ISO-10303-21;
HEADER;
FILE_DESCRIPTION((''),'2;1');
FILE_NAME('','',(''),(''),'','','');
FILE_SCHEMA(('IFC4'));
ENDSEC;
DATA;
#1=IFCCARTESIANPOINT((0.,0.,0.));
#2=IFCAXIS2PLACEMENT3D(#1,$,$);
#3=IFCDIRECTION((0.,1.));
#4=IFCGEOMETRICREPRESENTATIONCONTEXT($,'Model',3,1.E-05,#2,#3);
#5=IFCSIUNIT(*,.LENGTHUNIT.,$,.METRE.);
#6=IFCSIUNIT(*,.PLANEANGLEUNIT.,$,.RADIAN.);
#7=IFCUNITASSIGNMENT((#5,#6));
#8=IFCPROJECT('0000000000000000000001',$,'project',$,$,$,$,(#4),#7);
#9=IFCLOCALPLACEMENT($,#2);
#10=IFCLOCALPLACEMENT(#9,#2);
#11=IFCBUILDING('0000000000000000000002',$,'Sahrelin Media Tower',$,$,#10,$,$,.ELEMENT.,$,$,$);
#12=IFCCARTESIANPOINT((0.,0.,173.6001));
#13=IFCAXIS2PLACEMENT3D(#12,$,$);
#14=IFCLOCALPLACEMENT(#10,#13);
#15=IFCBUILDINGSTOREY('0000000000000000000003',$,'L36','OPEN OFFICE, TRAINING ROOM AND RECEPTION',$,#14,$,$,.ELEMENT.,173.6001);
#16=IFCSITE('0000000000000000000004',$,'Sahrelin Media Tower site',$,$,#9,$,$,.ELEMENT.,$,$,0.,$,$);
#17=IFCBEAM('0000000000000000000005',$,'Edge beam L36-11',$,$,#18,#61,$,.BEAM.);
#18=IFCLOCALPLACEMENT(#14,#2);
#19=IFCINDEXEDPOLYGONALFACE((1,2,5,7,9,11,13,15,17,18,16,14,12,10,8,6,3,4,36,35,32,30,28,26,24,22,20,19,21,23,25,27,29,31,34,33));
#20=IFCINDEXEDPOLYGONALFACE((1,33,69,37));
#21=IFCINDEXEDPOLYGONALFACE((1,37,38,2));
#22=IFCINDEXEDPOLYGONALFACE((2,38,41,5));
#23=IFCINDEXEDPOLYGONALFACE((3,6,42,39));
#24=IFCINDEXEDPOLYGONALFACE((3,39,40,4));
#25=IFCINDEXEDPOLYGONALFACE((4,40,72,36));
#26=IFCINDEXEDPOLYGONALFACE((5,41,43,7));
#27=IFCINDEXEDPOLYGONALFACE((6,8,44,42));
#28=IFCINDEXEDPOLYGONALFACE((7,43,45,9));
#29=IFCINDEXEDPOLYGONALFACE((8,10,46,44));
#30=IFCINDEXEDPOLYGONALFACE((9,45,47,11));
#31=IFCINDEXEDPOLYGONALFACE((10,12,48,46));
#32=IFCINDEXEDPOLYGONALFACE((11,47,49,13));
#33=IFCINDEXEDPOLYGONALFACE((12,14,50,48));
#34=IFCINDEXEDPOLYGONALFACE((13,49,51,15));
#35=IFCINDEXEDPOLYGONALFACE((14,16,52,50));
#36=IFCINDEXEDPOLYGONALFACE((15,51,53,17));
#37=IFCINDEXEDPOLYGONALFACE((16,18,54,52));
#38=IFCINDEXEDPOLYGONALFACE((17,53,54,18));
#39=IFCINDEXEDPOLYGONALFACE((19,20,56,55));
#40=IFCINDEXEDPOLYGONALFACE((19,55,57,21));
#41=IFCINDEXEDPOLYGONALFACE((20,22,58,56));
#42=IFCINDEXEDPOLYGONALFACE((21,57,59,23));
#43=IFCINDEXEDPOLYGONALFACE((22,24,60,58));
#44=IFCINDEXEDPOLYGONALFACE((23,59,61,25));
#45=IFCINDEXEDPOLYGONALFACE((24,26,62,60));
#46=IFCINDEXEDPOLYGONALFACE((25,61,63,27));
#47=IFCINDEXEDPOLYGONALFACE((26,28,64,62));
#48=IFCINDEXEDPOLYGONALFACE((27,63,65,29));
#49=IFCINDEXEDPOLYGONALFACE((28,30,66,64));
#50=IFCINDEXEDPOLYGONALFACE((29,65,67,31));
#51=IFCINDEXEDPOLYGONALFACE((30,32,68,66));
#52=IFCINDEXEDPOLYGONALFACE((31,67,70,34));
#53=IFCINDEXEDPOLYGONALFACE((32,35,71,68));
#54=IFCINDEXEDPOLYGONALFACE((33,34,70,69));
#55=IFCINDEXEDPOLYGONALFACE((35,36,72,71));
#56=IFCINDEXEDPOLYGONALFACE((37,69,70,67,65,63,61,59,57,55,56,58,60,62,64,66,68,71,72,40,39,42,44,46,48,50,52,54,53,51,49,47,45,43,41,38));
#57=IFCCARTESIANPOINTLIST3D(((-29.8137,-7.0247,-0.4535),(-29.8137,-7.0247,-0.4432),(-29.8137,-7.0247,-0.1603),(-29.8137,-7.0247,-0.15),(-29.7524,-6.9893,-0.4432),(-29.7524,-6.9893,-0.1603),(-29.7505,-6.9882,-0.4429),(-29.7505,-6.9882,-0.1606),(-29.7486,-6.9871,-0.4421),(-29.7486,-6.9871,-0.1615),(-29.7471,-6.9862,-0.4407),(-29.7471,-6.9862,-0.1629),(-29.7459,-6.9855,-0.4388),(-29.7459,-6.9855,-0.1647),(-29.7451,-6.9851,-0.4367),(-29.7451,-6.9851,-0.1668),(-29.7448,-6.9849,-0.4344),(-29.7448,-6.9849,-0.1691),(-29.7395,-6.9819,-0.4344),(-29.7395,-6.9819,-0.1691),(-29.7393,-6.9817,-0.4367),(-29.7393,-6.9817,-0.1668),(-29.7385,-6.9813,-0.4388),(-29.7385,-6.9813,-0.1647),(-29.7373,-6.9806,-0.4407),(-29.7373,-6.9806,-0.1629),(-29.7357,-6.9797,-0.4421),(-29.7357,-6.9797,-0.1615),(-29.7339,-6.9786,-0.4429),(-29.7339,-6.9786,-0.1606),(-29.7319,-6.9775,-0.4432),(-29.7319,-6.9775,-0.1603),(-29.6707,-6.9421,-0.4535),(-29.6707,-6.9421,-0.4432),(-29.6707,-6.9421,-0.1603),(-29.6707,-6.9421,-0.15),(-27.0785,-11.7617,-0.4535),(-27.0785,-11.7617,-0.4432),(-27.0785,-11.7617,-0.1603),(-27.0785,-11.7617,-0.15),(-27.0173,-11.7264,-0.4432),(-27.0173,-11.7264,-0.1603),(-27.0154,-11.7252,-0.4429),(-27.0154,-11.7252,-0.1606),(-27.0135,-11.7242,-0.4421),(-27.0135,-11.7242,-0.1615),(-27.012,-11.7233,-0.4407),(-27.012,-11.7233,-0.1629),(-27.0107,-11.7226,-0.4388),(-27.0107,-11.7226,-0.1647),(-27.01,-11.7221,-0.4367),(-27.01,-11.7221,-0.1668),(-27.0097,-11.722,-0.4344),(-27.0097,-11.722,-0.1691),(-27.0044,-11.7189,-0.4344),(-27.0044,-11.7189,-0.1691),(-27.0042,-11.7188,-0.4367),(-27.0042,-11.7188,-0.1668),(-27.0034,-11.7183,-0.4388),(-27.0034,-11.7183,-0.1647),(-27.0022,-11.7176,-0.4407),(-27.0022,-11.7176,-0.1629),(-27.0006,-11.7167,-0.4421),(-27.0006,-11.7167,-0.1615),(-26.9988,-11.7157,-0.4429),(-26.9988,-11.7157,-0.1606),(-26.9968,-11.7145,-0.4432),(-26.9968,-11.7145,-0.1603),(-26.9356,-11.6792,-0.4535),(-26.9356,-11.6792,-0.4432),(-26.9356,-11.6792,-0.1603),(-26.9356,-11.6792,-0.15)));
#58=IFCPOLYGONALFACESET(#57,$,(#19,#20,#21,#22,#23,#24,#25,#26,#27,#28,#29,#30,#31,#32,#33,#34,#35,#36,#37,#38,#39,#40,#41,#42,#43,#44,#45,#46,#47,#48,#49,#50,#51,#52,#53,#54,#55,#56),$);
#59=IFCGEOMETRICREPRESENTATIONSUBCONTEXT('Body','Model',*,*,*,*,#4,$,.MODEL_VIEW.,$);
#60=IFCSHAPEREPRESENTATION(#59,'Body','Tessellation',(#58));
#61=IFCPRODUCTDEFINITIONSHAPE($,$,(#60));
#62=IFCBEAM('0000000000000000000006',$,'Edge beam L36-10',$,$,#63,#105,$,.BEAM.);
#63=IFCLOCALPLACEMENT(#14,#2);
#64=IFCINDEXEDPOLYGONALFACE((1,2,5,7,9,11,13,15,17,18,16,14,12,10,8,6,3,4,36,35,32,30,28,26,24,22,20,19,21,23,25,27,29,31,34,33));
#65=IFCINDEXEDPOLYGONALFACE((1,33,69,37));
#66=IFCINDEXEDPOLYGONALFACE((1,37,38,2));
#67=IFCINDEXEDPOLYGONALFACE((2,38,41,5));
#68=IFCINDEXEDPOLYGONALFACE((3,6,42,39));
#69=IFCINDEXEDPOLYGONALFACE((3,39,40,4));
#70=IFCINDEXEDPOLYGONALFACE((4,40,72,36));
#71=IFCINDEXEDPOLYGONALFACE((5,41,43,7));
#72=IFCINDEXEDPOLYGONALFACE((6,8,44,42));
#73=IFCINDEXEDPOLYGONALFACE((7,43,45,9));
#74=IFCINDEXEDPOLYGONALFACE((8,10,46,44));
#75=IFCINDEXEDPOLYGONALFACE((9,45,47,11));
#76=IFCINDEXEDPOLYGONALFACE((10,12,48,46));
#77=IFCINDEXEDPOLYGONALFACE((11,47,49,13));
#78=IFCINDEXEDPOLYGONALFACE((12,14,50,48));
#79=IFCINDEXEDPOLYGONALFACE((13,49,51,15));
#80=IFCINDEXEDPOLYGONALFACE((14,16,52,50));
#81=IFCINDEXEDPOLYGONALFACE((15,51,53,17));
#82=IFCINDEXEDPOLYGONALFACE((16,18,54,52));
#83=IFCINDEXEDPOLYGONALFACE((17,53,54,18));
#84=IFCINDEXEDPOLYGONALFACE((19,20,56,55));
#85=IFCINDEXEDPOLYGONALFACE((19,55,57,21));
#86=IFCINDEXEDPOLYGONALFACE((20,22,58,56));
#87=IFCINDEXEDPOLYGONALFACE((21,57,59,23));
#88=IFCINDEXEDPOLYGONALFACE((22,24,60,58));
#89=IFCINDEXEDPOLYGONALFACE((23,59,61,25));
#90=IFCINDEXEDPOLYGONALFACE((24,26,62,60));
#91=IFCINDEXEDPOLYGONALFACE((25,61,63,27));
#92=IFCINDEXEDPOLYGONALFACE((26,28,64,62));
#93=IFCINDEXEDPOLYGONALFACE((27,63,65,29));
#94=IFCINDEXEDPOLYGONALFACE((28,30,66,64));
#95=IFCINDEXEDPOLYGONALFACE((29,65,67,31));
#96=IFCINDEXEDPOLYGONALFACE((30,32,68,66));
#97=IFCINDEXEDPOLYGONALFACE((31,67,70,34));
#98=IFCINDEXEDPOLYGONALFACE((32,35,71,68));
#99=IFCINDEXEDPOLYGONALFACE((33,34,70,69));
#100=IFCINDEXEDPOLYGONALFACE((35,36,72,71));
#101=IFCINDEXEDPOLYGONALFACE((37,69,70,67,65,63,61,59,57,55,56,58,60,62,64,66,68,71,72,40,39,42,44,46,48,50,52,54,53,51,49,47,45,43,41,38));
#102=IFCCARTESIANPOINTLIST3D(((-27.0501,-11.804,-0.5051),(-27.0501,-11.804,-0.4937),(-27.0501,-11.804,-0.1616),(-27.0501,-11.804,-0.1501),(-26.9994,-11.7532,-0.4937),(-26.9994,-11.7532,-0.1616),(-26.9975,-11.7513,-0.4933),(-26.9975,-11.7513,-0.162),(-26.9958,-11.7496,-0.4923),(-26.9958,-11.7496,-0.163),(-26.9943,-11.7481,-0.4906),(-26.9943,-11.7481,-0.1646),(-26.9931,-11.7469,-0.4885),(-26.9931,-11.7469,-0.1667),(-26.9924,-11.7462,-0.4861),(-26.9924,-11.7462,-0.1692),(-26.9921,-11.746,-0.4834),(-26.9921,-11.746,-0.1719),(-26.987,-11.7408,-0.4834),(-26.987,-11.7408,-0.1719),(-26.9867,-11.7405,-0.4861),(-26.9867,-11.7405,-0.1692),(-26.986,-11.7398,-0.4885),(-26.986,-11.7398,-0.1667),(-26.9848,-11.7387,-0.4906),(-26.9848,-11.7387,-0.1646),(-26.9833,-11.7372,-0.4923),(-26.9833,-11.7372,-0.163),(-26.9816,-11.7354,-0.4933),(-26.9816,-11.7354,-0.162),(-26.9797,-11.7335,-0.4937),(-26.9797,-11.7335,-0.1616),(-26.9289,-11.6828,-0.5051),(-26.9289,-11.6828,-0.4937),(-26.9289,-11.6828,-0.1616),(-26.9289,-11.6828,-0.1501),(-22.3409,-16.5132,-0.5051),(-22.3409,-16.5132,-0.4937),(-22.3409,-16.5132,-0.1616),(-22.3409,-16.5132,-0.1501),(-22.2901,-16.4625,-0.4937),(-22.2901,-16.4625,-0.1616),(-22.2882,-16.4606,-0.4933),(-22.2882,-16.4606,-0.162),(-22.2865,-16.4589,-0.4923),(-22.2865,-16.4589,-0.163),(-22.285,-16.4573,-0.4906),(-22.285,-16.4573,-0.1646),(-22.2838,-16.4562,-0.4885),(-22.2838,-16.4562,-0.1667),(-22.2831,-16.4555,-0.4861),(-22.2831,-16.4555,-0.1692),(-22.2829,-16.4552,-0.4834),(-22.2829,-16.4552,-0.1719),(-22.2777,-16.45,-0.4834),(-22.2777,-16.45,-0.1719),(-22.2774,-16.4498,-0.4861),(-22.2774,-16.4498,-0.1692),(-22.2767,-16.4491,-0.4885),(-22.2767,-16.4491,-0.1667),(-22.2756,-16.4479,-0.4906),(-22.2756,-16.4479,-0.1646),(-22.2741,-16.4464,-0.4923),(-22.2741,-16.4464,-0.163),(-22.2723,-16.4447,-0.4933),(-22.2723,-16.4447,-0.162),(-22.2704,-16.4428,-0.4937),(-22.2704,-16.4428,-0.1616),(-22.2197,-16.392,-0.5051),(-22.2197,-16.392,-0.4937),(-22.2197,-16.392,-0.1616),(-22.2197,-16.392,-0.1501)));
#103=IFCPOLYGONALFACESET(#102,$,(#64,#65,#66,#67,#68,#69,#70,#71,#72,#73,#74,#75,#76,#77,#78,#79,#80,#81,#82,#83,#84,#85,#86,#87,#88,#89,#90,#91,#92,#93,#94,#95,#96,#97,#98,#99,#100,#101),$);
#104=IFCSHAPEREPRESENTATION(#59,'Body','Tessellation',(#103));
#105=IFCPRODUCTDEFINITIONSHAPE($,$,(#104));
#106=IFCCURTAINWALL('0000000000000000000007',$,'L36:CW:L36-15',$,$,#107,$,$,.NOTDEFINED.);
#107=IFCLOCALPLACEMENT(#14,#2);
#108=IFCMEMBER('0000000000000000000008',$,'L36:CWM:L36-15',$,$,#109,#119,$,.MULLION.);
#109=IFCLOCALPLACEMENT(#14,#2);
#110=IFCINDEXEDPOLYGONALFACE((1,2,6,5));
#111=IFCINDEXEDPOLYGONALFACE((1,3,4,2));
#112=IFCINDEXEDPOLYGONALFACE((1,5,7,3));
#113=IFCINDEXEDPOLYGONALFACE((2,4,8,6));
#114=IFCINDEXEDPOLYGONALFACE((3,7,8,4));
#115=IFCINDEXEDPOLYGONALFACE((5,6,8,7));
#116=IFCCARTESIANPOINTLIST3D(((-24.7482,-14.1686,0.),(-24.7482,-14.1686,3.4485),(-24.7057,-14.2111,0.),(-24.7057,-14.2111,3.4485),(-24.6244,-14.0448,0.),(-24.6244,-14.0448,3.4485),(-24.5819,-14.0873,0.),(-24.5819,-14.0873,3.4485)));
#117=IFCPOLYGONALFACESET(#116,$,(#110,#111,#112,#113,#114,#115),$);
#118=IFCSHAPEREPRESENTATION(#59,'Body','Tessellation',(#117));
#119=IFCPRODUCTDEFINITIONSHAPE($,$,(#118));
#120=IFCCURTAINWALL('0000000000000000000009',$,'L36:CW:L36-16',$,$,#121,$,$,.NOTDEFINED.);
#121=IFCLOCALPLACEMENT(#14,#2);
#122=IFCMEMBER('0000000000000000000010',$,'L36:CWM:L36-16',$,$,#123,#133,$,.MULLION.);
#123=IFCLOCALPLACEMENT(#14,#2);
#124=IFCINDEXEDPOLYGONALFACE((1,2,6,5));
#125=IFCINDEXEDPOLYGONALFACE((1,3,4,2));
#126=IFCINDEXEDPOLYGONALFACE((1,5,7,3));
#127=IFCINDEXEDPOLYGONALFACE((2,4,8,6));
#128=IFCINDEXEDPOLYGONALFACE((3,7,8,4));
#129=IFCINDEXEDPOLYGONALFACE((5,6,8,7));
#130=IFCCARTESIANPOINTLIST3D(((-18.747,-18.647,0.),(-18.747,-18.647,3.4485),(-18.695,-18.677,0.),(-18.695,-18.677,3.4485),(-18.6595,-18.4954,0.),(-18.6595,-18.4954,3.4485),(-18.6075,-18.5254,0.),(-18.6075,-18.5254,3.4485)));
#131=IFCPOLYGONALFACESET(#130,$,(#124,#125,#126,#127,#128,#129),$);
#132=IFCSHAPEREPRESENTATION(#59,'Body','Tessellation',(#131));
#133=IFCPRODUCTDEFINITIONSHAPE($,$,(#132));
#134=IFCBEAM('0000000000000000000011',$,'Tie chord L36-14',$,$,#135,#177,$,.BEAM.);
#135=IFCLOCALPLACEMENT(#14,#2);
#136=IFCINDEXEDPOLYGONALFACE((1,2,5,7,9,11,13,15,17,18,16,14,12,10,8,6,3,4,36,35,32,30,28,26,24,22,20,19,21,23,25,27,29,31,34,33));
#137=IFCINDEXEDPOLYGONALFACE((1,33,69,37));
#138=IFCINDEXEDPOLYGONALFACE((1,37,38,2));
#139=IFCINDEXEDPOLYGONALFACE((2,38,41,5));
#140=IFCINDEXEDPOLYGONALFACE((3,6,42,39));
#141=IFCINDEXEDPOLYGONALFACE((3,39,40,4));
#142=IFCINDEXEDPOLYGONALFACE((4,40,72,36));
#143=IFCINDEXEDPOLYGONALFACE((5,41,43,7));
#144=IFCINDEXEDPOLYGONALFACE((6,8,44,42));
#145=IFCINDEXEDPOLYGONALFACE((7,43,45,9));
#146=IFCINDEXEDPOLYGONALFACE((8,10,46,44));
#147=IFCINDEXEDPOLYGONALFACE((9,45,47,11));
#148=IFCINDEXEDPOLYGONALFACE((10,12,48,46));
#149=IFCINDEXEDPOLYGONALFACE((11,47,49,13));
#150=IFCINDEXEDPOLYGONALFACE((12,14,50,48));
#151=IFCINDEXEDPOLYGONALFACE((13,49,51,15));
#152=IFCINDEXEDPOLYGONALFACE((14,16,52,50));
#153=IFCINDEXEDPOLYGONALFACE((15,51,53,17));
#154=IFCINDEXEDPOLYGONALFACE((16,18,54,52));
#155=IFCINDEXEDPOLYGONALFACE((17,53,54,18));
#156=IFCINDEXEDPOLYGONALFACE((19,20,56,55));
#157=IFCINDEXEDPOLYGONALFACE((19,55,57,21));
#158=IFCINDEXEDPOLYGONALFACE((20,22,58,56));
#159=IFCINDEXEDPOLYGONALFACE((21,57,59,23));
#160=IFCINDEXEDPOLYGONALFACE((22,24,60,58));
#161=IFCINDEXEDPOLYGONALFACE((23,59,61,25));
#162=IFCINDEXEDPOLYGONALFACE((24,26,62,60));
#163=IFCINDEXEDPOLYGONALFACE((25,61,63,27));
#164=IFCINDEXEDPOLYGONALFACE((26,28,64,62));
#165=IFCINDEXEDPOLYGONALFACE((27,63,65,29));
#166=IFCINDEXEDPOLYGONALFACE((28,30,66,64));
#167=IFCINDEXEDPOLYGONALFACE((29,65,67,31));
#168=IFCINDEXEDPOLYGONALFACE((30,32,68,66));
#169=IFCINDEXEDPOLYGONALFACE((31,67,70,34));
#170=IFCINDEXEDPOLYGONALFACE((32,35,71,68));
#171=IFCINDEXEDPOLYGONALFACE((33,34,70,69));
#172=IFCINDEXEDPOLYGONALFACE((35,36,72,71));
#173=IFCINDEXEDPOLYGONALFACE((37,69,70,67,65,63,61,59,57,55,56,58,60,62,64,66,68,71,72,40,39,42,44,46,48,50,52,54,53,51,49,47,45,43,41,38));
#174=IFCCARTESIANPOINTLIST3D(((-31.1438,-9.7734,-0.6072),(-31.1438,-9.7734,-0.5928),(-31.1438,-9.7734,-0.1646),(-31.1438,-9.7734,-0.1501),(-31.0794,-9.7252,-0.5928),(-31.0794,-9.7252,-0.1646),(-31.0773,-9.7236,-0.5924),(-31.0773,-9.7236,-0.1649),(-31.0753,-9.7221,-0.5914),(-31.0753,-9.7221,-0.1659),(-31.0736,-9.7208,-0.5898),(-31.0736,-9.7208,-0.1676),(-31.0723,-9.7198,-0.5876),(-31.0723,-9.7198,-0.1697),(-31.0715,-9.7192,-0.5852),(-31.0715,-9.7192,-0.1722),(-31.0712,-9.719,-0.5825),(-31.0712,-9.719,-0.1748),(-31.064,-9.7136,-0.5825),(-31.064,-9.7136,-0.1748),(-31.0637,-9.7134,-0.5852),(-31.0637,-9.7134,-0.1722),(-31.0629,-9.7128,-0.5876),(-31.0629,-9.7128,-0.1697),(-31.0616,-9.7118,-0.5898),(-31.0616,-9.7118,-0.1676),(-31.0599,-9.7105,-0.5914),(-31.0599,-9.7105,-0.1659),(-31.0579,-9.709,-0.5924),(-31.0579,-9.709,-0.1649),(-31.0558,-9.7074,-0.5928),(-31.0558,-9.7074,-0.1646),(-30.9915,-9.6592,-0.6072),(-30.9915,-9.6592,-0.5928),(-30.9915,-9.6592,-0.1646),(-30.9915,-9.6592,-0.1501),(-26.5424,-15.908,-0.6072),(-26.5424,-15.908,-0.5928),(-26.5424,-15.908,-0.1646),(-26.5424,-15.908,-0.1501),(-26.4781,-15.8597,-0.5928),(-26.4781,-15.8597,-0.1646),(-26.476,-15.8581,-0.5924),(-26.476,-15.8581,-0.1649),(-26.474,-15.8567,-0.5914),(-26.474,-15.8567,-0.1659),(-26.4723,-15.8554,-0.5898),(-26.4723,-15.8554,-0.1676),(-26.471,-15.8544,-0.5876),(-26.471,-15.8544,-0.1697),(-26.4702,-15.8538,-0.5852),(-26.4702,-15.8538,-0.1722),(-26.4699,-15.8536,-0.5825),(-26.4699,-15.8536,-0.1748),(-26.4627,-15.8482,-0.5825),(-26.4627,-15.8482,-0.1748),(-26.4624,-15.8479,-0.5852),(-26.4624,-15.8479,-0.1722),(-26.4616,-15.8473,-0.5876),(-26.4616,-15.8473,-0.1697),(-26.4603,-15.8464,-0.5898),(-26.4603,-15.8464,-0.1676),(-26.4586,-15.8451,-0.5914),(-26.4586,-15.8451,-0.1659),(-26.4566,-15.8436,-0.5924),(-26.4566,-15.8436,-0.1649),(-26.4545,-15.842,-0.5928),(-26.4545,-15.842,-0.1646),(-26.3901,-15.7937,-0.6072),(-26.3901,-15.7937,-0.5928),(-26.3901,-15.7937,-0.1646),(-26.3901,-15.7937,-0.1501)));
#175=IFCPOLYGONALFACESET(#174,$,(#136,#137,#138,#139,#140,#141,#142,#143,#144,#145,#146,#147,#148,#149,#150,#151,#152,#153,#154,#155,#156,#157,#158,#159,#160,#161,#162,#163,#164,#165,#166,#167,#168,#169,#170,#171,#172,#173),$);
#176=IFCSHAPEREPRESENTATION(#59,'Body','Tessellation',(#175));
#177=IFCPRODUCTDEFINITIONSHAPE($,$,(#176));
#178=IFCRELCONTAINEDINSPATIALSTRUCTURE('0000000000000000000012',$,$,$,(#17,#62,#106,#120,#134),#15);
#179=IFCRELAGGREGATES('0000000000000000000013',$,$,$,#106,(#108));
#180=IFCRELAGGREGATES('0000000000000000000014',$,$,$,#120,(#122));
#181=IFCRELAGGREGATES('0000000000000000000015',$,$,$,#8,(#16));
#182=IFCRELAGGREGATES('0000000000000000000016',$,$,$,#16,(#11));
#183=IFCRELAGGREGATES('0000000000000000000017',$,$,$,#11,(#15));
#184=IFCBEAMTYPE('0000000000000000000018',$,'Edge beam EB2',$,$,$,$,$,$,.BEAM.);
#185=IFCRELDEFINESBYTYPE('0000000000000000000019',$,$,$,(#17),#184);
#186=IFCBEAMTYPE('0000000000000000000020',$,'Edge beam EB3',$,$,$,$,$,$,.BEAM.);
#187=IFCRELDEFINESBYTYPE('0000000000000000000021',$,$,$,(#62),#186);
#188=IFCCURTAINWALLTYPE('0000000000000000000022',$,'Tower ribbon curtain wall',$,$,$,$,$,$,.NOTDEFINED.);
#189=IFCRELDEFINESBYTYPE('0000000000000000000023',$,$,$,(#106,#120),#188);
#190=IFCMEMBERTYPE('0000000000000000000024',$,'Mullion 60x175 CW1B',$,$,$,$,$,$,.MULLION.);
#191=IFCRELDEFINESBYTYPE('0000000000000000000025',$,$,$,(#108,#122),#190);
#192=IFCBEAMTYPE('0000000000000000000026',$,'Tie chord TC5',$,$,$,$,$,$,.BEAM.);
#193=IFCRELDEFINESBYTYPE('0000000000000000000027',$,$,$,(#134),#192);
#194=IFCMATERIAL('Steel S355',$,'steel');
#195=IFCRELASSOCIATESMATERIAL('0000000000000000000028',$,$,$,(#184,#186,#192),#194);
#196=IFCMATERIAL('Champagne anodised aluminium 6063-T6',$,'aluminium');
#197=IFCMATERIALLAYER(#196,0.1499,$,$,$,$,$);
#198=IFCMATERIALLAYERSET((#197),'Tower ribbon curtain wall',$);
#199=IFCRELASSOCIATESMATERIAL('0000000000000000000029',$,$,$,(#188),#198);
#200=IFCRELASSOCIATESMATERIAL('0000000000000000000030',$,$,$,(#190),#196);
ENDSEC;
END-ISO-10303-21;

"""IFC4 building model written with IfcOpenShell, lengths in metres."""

from ifc_helpers import new_model, si_unit, direction, frame, origin, origin_2d, place, context, subcontext, project, spatial, rectangle, i_section, extrude, material, layer, layer_set, material_profile, profile_set, type_object, element, aggregate, save


model = new_model("IFC4")

# Units and contexts
model_context = context("Model", 3, precision=1e-05, world=origin(), true_north=direction((0.0, 1.0)))
body_context = subcontext(model_context, "Body", "Model", "MODEL_VIEW")
ifc_project = project(units=[si_unit("LENGTHUNIT", "METRE"), si_unit("PLANEANGLEUNIT", "RADIAN")], contexts=[model_context])

# Site, building, storey
site_placement = place(None, origin())
site = spatial("IfcSite", under=ifc_project, at=site_placement, Name="Sahrelin Media Tower site", CompositionType="ELEMENT", RefElevation=0.0)
building_placement = place(site_placement, origin())
building = spatial("IfcBuilding", under=site, at=building_placement, Name="Sahrelin Media Tower", CompositionType="ELEMENT")
storey_placement = place(building_placement, frame((0.0, 0.0, 173.6001)))
storey = spatial("IfcBuildingStorey", under=building, at=storey_placement, Name="L36", Description="OPEN OFFICE, TRAINING ROOM AND RECEPTION", CompositionType="ELEMENT", Elevation=173.6001)

# Beams
ifc_material_1 = material(Name="Steel S355", Category="steel")
ifc_material_profile_1 = material_profile(ifc_material_1, i_section(OverallWidth=0.165, OverallDepth=0.3035, WebThickness=0.0061, FlangeThickness=0.0103, FilletRadius=0.0088, at=origin_2d()), Name="UB 305x165x40")
ifc_profile_set_1 = profile_set([ifc_material_profile_1], Name="Steel S355")
beam_type_1 = type_object("IfcBeamType", Name="Edge beam EB2", PredefinedType="BEAM", material=ifc_profile_set_1)
beam_1_placement = place(storey_placement, frame((-27.0071, -11.7205, -0.3018), z_axis=(-0.500023, 0.866012, 0.0), x_axis=(-0.866012, -0.500023, 0.0)))
element("IfcBeam", 1, at=beam_1_placement, inside=storey, type_object=beam_type_1, Name="Edge beam L36-11", PredefinedType="BEAM", context=body_context, shape_type="SweptSolid", body=[
    extrude(i_section(OverallWidth=0.165, OverallDepth=0.3035, WebThickness=0.0061, FlangeThickness=0.0103, FilletRadius=0.0088, at=origin_2d()), origin(), (0.0, 0.0, 1.0), 5.47),
])
ifc_material_profile_2 = material_profile(ifc_material_1, i_section(OverallWidth=0.1714, OverallDepth=0.355, WebThickness=0.0073, FlangeThickness=0.0115, FilletRadius=0.0103, at=origin_2d()), Name="UB 356x171x51")
ifc_profile_set_2 = profile_set([ifc_material_profile_2], Name="Steel S355")
beam_type_2 = type_object("IfcBeamType", Name="Edge beam EB3", PredefinedType="BEAM", material=ifc_profile_set_2)
beam_2_placement = place(storey_placement, frame((-22.2803, -16.4526, -0.3276), z_axis=(-0.707107, 0.707107, 0.0), x_axis=(-0.707107, -0.707107, 0.0)))
element("IfcBeam", 2, at=beam_2_placement, inside=storey, type_object=beam_type_2, Name="Edge beam L36-10", PredefinedType="BEAM", context=body_context, shape_type="SweptSolid", body=[
    extrude(i_section(OverallWidth=0.1714, OverallDepth=0.355, WebThickness=0.0073, FlangeThickness=0.0115, FilletRadius=0.0103, at=origin_2d()), origin(), (0.0, 0.0, 1.0), 6.6599),
])

# Curtain walls, members
ifc_material_2 = material(Name="Champagne anodised aluminium 6063-T6", Category="aluminium")
ifc_layer_1 = layer(ifc_material_2, 0.1499)
ifc_layer_set_1 = layer_set([ifc_layer_1], Name="Tower ribbon curtain wall")
curtain_wall_type = type_object("IfcCurtainWallType", Name="Tower ribbon curtain wall", PredefinedType="NOTDEFINED", material=ifc_layer_set_1)
curtain_wall_1_placement = place(storey_placement, frame((-24.741, -14.2041, 0.0), z_axis=(0.0, 0.0, 1.0), x_axis=(1.0, 0.0, 0.0)))
curtain_wall_1 = element("IfcCurtainWall", 3, at=curtain_wall_1_placement, inside=storey, type_object=curtain_wall_type, Name="L36:CW:L36-15", PredefinedType="NOTDEFINED")
ifc_material_profile_3 = material_profile(ifc_material_2, rectangle(XDim=0.0601, YDim=0.175, at=origin_2d()), Name="Mullion 60x175")
ifc_profile_set_3 = profile_set([ifc_material_profile_3], Name="Champagne anodised aluminium 6063-T6")
member_type_1 = type_object("IfcMemberType", Name="Mullion 60x175 CW1B", PredefinedType="MULLION", material=ifc_profile_set_3)
member_1_placement = place(storey_placement, frame((-24.665, -14.1279, 0.0), z_axis=(0.0, 0.0, 1.0), x_axis=(0.707107, -0.707107, 0.0)))
member_1 = element("IfcMember", 4, at=member_1_placement, type_object=member_type_1, Name="L36:CWM:L36-15", PredefinedType="MULLION", context=body_context, shape_type="SweptSolid", body=[
    extrude(rectangle(XDim=0.0601, YDim=0.175, at=origin_2d()), origin(), (0.0, 0.0, 1.0), 3.4485),
])
curtain_wall_2_placement = place(storey_placement, frame((-18.731, -18.6792, 0.0), z_axis=(0.0, 0.0, 1.0), x_axis=(1.0, 0.0, 0.0)))
curtain_wall_2 = element("IfcCurtainWall", 5, at=curtain_wall_2_placement, inside=storey, type_object=curtain_wall_type, Name="L36:CW:L36-16", PredefinedType="NOTDEFINED")
member_2_placement = place(storey_placement, frame((-18.6772, -18.5862, 0.0), z_axis=(0.0, 0.0, 1.0), x_axis=(0.866027, -0.499997, 0.0)))
member_2 = element("IfcMember", 6, at=member_2_placement, type_object=member_type_1, Name="L36:CWM:L36-16", PredefinedType="MULLION", context=body_context, shape_type="SweptSolid", body=[
    extrude(rectangle(XDim=0.0601, YDim=0.175, at=origin_2d()), origin(), (0.0, 0.0, 1.0), 3.4485),
])

# Beam
ifc_material_profile_4 = material_profile(ifc_material_1, i_section(OverallWidth=0.1904, OverallDepth=0.457, WebThickness=0.009, FlangeThickness=0.0144, FilletRadius=0.0103, at=origin_2d()), Name="UB 457x191x74")
ifc_profile_set_4 = profile_set([ifc_material_profile_4], Name="Steel S355")
beam_type_3 = type_object("IfcBeamType", Name="Tie chord TC5", PredefinedType="BEAM", material=ifc_profile_set_4)
beam_3_placement = place(storey_placement, frame((-31.0676, -9.7163, -0.3787), z_axis=(0.600036, -0.799973, 0.0), x_axis=(0.799973, 0.600036, 0.0)))
element("IfcBeam", 7, at=beam_3_placement, inside=storey, type_object=beam_type_3, Name="Tie chord L36-14", PredefinedType="BEAM", context=body_context, shape_type="SweptSolid", body=[
    extrude(i_section(OverallWidth=0.1904, OverallDepth=0.457, WebThickness=0.009, FlangeThickness=0.0144, FilletRadius=0.0103, at=origin_2d()), origin(), (0.0, 0.0, 1.0), 7.6685),
])

aggregate(curtain_wall_1, [member_1])
aggregate(curtain_wall_2, [member_2])

save(model, "model.ifc")
